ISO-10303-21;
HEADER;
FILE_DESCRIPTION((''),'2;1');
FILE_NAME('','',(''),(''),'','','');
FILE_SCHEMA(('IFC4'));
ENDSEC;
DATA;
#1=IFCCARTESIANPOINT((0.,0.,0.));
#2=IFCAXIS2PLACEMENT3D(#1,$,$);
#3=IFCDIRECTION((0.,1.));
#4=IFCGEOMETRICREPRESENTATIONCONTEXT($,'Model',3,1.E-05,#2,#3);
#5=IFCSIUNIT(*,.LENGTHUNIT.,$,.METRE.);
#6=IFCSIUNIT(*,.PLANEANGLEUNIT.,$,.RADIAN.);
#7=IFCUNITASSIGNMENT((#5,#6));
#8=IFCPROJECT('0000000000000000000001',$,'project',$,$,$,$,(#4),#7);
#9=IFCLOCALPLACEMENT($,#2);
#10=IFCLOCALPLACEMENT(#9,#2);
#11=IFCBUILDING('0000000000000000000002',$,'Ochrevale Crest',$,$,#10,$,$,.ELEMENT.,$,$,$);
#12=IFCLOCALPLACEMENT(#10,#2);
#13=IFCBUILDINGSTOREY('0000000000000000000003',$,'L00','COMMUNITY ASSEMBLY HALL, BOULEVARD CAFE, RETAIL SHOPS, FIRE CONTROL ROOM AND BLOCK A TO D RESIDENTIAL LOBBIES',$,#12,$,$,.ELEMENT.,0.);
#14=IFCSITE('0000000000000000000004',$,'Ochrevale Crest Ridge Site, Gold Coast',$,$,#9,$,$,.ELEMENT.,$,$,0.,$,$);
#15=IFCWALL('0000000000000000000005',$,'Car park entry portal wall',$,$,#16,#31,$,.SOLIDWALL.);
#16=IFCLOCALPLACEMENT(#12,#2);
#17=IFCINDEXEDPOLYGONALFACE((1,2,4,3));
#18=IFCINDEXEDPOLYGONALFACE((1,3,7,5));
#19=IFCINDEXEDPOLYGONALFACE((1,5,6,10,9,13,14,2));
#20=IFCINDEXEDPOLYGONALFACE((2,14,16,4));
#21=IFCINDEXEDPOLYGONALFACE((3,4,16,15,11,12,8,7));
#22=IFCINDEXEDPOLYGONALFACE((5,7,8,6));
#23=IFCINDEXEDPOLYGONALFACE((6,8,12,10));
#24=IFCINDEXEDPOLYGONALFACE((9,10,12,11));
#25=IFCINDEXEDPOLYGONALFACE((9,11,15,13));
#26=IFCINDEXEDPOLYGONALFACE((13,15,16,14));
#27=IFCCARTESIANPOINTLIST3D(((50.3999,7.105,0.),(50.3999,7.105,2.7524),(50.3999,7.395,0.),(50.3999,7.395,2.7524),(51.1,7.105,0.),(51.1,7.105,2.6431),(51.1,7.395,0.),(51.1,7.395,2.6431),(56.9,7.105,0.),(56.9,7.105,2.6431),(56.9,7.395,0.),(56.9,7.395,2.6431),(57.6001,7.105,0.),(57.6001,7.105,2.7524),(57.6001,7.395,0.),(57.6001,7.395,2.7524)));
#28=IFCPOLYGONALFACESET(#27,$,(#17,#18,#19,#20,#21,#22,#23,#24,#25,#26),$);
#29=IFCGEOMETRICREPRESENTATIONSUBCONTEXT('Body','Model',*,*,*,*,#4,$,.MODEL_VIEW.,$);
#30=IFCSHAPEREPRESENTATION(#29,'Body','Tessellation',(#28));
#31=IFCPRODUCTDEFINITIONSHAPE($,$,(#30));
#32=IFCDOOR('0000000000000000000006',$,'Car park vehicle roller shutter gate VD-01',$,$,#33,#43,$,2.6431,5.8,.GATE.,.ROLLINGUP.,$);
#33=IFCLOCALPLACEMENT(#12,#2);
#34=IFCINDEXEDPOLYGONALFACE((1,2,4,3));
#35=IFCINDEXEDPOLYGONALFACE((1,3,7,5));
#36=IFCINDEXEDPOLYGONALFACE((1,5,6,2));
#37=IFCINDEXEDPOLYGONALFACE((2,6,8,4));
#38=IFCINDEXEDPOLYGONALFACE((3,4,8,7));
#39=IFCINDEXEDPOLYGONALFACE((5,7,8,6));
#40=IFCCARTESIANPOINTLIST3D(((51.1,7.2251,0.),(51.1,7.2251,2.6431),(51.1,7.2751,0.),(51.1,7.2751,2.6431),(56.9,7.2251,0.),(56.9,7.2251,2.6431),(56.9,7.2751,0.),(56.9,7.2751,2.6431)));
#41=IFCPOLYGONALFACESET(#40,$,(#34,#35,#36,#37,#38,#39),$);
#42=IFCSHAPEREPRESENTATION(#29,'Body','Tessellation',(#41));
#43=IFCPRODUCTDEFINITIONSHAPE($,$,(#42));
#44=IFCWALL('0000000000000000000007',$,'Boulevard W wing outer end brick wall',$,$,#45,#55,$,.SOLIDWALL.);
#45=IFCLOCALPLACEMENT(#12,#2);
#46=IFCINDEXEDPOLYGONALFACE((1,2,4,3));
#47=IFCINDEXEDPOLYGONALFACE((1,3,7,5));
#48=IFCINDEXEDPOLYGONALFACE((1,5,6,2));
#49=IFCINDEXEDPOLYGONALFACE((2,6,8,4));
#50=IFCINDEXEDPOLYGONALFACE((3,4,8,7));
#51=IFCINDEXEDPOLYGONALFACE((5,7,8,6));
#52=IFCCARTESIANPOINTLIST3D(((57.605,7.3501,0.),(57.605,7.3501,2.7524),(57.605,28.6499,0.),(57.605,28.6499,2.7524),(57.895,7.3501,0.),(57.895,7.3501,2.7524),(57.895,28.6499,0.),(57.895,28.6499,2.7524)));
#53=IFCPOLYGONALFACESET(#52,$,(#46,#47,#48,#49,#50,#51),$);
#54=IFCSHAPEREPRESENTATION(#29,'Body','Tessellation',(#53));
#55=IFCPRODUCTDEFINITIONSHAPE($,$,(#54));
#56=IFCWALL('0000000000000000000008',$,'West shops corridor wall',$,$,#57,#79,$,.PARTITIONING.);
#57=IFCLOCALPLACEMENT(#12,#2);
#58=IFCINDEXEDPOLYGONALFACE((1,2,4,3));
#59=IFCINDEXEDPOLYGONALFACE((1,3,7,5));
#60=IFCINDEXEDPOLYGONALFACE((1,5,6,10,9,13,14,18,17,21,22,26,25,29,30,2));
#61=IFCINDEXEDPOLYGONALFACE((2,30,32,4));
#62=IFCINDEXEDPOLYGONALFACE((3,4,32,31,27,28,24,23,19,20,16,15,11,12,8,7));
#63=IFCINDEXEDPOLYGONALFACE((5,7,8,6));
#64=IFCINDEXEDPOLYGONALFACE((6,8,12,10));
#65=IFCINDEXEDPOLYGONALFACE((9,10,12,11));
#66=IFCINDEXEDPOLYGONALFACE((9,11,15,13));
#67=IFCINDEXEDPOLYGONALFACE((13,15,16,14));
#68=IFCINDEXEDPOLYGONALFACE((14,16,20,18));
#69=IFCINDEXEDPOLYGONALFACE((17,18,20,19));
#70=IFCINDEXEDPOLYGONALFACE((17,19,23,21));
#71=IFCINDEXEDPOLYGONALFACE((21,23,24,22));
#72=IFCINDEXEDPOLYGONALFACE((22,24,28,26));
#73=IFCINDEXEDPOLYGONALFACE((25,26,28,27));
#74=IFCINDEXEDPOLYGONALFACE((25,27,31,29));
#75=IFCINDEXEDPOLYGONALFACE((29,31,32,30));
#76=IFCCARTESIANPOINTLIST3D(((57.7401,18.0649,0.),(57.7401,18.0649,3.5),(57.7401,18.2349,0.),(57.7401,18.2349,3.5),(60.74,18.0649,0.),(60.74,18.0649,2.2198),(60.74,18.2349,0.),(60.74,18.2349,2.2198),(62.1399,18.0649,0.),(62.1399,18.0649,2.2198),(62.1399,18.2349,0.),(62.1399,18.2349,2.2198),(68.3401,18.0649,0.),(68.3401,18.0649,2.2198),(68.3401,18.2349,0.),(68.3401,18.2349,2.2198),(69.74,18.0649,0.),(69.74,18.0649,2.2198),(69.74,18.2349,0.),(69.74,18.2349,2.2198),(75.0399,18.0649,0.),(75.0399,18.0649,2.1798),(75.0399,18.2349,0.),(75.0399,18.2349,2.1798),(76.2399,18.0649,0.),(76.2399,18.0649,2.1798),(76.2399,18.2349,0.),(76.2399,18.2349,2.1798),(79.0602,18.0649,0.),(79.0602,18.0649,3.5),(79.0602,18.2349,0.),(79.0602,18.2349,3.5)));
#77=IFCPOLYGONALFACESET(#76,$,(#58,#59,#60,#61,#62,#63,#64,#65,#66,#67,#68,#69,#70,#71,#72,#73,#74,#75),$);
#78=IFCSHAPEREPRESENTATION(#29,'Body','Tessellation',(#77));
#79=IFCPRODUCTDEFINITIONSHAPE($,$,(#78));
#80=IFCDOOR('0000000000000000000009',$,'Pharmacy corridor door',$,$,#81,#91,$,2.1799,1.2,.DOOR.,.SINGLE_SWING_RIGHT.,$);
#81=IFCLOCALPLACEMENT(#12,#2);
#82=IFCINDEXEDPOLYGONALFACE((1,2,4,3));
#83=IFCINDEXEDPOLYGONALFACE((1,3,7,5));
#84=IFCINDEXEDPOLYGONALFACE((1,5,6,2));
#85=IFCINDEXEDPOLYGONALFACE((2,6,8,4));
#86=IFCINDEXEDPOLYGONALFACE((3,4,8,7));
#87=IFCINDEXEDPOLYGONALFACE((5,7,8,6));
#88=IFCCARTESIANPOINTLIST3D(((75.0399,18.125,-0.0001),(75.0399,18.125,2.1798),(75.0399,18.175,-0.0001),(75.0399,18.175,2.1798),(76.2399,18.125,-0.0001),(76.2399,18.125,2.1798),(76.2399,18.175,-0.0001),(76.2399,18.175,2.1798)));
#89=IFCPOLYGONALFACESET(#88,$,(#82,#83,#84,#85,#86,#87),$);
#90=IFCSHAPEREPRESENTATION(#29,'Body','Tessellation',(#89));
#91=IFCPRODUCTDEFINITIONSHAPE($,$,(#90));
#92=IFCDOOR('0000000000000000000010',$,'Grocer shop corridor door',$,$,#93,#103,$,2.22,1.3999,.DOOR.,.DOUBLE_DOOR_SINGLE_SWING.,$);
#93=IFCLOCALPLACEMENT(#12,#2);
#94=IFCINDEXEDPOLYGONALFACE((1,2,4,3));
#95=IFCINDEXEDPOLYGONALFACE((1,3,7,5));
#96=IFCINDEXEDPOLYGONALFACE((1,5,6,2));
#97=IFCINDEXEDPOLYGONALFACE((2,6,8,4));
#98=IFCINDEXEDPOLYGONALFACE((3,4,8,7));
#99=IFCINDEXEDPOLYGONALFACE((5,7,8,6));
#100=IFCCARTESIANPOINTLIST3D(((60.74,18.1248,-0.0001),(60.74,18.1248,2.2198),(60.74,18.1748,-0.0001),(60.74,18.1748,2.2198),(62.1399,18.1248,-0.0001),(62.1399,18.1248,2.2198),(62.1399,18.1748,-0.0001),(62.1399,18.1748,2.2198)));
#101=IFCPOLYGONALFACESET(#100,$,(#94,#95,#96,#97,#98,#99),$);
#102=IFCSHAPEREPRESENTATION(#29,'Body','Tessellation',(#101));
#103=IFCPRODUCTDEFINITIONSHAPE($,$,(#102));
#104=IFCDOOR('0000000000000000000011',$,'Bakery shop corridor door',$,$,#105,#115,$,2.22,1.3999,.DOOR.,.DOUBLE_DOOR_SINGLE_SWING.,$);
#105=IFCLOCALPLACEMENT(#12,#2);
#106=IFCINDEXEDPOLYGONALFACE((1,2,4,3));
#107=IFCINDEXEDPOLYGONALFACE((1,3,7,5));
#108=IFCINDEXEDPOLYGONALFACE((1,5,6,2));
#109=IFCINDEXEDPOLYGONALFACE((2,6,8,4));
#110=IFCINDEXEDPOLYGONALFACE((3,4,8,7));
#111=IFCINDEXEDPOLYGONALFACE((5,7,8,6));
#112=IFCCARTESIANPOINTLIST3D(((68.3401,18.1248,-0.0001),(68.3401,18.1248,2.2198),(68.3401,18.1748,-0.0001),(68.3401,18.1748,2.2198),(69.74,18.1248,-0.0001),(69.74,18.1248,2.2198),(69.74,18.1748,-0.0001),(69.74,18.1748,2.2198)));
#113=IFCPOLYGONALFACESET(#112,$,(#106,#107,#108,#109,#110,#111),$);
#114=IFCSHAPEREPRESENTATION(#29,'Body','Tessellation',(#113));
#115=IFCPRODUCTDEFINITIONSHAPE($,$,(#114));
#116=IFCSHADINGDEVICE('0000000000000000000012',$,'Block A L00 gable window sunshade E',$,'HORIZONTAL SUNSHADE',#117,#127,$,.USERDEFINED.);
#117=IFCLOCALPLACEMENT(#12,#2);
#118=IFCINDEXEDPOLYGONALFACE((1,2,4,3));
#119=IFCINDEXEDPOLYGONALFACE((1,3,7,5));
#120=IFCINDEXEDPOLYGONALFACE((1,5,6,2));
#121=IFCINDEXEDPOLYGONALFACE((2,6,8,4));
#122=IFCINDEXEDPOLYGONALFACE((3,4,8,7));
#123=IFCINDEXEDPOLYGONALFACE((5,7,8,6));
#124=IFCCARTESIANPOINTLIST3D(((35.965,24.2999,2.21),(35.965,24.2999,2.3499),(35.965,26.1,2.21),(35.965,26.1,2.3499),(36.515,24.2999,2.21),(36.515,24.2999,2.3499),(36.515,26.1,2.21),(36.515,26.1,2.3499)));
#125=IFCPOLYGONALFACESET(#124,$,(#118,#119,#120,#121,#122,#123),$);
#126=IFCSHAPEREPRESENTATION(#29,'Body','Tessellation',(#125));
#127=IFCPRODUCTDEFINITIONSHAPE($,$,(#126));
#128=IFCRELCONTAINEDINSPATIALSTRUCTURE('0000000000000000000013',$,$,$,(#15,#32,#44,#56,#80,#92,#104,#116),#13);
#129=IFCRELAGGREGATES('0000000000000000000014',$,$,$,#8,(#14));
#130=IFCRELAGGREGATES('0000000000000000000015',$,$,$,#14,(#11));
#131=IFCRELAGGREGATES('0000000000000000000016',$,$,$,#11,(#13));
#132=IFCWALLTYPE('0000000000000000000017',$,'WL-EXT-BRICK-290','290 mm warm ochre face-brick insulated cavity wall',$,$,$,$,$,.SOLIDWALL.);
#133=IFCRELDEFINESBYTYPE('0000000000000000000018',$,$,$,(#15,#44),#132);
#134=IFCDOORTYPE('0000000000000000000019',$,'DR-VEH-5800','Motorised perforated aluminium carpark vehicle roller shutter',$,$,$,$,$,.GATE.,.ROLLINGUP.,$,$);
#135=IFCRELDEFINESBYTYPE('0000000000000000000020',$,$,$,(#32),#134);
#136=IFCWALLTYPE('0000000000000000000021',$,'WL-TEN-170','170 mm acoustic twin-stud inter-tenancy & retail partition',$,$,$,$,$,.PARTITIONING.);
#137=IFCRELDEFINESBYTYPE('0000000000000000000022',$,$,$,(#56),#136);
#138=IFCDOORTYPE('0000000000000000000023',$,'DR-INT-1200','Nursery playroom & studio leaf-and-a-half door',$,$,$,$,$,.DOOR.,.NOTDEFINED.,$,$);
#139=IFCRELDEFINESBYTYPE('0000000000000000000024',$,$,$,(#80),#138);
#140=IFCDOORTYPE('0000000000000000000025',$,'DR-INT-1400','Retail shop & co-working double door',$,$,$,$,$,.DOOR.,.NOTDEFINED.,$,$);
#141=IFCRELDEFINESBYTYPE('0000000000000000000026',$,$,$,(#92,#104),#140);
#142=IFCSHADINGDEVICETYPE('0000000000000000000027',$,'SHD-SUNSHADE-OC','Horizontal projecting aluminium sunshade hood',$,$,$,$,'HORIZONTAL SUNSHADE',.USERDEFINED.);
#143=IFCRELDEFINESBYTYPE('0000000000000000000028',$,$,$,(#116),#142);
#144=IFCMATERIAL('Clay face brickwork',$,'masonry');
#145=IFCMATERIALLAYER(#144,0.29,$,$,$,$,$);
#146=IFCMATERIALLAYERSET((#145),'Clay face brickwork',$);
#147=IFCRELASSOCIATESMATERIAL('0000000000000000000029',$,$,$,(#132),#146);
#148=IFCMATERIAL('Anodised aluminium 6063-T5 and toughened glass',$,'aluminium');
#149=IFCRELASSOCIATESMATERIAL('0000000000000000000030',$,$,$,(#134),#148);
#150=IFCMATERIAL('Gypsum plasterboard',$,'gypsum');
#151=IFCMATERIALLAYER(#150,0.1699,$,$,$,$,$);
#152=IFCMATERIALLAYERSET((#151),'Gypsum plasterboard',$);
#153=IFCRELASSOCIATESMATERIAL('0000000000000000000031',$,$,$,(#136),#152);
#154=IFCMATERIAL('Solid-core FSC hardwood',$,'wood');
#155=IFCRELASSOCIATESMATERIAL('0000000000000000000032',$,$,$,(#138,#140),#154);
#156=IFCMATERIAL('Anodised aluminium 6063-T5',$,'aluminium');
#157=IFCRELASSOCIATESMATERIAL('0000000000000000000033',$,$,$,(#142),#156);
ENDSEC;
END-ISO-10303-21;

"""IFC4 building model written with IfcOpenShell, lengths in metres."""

from ifc_helpers import new_model, si_unit, direction, frame, frame_2d, origin, origin_2d, place, context, subcontext, project, spatial, rectangle, extrude, material, layer, layer_set, type_object, element, fill, save


model = new_model("IFC4")

# Units and contexts
model_context = context("Model", 3, precision=1e-05, world=origin(), true_north=direction((0.0, 1.0)))
body_context = subcontext(model_context, "Body", "Model", "MODEL_VIEW")
ifc_project = project(units=[si_unit("LENGTHUNIT", "METRE"), si_unit("PLANEANGLEUNIT", "RADIAN")], contexts=[model_context])

# Site, building, storey
site_placement = place(None, origin())
site = spatial("IfcSite", under=ifc_project, at=site_placement, Name="Ochrevale Crest Ridge Site, Gold Coast", CompositionType="ELEMENT", RefElevation=0.0)
building_placement = place(site_placement, origin())
building = spatial("IfcBuilding", under=site, at=building_placement, Name="Ochrevale Crest", CompositionType="ELEMENT")
storey_placement = place(building_placement, origin())
storey = spatial("IfcBuildingStorey", under=building, at=storey_placement, Name="L00", Description="COMMUNITY ASSEMBLY HALL, BOULEVARD CAFE, RETAIL SHOPS, FIRE CONTROL ROOM AND BLOCK A TO D RESIDENTIAL LOBBIES", CompositionType="ELEMENT", Elevation=0.0)

# Wall, opening, door
ifc_material_1 = material(Name="Clay face brickwork", Category="masonry")
ifc_layer_1 = layer(ifc_material_1, 0.29)
ifc_layer_set_1 = layer_set([ifc_layer_1], Name="Clay face brickwork")
wall_type_1 = type_object("IfcWallType", Name="WL-EXT-BRICK-290", Description="290 mm warm ochre face-brick insulated cavity wall", PredefinedType="SOLIDWALL", material=ifc_layer_set_1)
wall_1_placement = place(storey_placement, frame((50.3999, 7.25, 0.0), z_axis=(0.0, 0.0, 1.0), x_axis=(1.0, 0.0, 0.0)))
wall_1 = element("IfcWall", 1, at=wall_1_placement, inside=storey, type_object=wall_type_1, Name="Car park entry portal wall", PredefinedType="SOLIDWALL", context=body_context, shape_type="SweptSolid", body=[
    extrude(rectangle(XDim=7.2002, YDim=0.29, at=frame_2d((3.6001, 0.0))), origin(), (0.0, 0.0, 1.0), 2.7524),
])
opening_1_placement = place(wall_1_placement, frame((6.5, 0.0, 0.0), z_axis=(0.0, 0.0, 1.0), x_axis=(-1.0, 0.0, 0.0)))
opening_1 = element("IfcOpeningElement", 2, at=opening_1_placement, cuts=wall_1, PredefinedType="OPENING", context=body_context, shape_type="SweptSolid", body=[
    extrude(rectangle(XDim=5.8, YDim=2.6431, at=frame_2d((2.8999, 1.3215))), frame((0.0, 0.155, 0.0), z_axis=(0.0, -1.0, 0.0), x_axis=(1.0, 0.0, 0.0)), (0.0, 0.0, 1.0), 0.3101),
])
ifc_material_2 = material(Name="Anodised aluminium 6063-T5 and toughened glass", Category="aluminium")
door_type_1 = type_object("IfcDoorType", Name="DR-VEH-5800", Description="Motorised perforated aluminium carpark vehicle roller shutter", OperationType="ROLLINGUP", PredefinedType="GATE", material=ifc_material_2)
door_1_placement = place(opening_1_placement, origin())
door_1 = element("IfcDoor", 3, at=door_1_placement, inside=storey, type_object=door_type_1, Name="Car park vehicle roller shutter gate VD-01", OperationType="ROLLINGUP", OverallHeight=2.6431, OverallWidth=5.8, PredefinedType="GATE", context=body_context, shape_type="SweptSolid", body=[
    extrude(rectangle(XDim=5.8, YDim=2.6431, at=frame_2d((2.8999, 1.3215))), frame((0.0, 0.0249, 0.0), z_axis=(0.0, -1.0, 0.0), x_axis=(1.0, 0.0, 0.0)), (0.0, 0.0, 1.0), 0.05),
])
fill(opening_1, door_1)

# Wall
wall_2_placement = place(storey_placement, frame((57.75, 7.3501, 0.0), z_axis=(0.0, 0.0, 1.0), x_axis=(0.0, 1.0, 0.0)))
element("IfcWall", 4, at=wall_2_placement, inside=storey, type_object=wall_type_1, Name="Boulevard W wing outer end brick wall", PredefinedType="SOLIDWALL", context=body_context, shape_type="SweptSolid", body=[
    extrude(rectangle(XDim=21.2998, YDim=0.29, at=frame_2d((10.6499, 0.0))), origin(), (0.0, 0.0, 1.0), 2.7524),
])

# Wall, openings, doors
ifc_material_3 = material(Name="Gypsum plasterboard", Category="gypsum")
ifc_layer_2 = layer(ifc_material_3, 0.1699)
ifc_layer_set_2 = layer_set([ifc_layer_2], Name="Gypsum plasterboard")
wall_type_2 = type_object("IfcWallType", Name="WL-TEN-170", Description="170 mm acoustic twin-stud inter-tenancy & retail partition", PredefinedType="PARTITIONING", material=ifc_layer_set_2)
wall_3_placement = place(storey_placement, frame((57.74, 18.1499, 0.0), z_axis=(0.0, 0.0, 1.0), x_axis=(1.0, 0.0, 0.0)))
wall_3 = element("IfcWall", 5, at=wall_3_placement, inside=storey, type_object=wall_type_2, Name="West shops corridor wall", PredefinedType="PARTITIONING", context=body_context, shape_type="SweptSolid", body=[
    extrude(rectangle(XDim=21.3201, YDim=0.1699, at=frame_2d((10.6602, 0.0))), origin(), (0.0, 0.0, 1.0), 3.5),
])
opening_2_placement = place(wall_3_placement, frame((3.0, 0.0, 0.0)))
opening_2 = element("IfcOpeningElement", 6, at=opening_2_placement, cuts=wall_3, PredefinedType="OPENING", context=body_context, shape_type="SweptSolid", body=[
    extrude(rectangle(XDim=1.3999, YDim=2.22, at=frame_2d((0.7, 1.1099))), frame((0.0, 0.095, 0.0), z_axis=(0.0, -1.0, 0.0), x_axis=(1.0, 0.0, 0.0)), (0.0, 0.0, 1.0), 0.1899),
])
opening_3_placement = place(wall_3_placement, frame((10.6001, 0.0, 0.0)))
opening_3 = element("IfcOpeningElement", 7, at=opening_3_placement, cuts=wall_3, PredefinedType="OPENING", context=body_context, shape_type="SweptSolid", body=[
    extrude(rectangle(XDim=1.3999, YDim=2.22, at=frame_2d((0.7, 1.1099))), frame((0.0, 0.095, 0.0), z_axis=(0.0, -1.0, 0.0), x_axis=(1.0, 0.0, 0.0)), (0.0, 0.0, 1.0), 0.1899),
])
opening_4_placement = place(wall_3_placement, frame((18.5, 0.0, 0.0), z_axis=(0.0, 0.0, 1.0), x_axis=(-1.0, 0.0, 0.0)))
opening_4 = element("IfcOpeningElement", 8, at=opening_4_placement, cuts=wall_3, PredefinedType="OPENING", context=body_context, shape_type="SweptSolid", body=[
    extrude(rectangle(XDim=1.2, YDim=2.1799, at=frame_2d((0.6001, 1.0898))), frame((0.0, 0.095, 0.0), z_axis=(0.0, -1.0, 0.0), x_axis=(1.0, 0.0, 0.0)), (0.0, 0.0, 1.0), 0.1899),
])
ifc_material_4 = material(Name="Solid-core FSC hardwood", Category="wood")
door_type_2 = type_object("IfcDoorType", Name="DR-INT-1200", Description="Nursery playroom & studio leaf-and-a-half door", OperationType="NOTDEFINED", PredefinedType="DOOR", material=ifc_material_4)
door_2_placement = place(opening_4_placement, origin())
door_2 = element("IfcDoor", 9, at=door_2_placement, inside=storey, type_object=door_type_2, Name="Pharmacy corridor door", OperationType="SINGLE_SWING_RIGHT", OverallHeight=2.1799, OverallWidth=1.2, PredefinedType="DOOR", context=body_context, shape_type="SweptSolid", body=[
    extrude(rectangle(XDim=1.2, YDim=2.1799, at=frame_2d((0.6001, 1.0898))), frame((0.0, 0.0249, 0.0), z_axis=(0.0, -1.0, 0.0), x_axis=(1.0, 0.0, 0.0)), (0.0, 0.0, 1.0), 0.05),
])
fill(opening_4, door_2)
door_type_3 = type_object("IfcDoorType", Name="DR-INT-1400", Description="Retail shop & co-working double door", OperationType="NOTDEFINED", PredefinedType="DOOR", material=ifc_material_4)
door_3_placement = place(opening_2_placement, origin())
door_3 = element("IfcDoor", 10, at=door_3_placement, inside=storey, type_object=door_type_3, Name="Grocer shop corridor door", OperationType="DOUBLE_DOOR_SINGLE_SWING", OverallHeight=2.22, OverallWidth=1.3999, PredefinedType="DOOR", context=body_context, shape_type="SweptSolid", body=[
    extrude(rectangle(XDim=1.3999, YDim=2.22, at=frame_2d((0.7, 1.1099))), frame((0.0, 0.0249, 0.0), z_axis=(0.0, -1.0, 0.0), x_axis=(1.0, 0.0, 0.0)), (0.0, 0.0, 1.0), 0.05),
])
fill(opening_2, door_3)
door_4_placement = place(opening_3_placement, origin())
door_4 = element("IfcDoor", 11, at=door_4_placement, inside=storey, type_object=door_type_3, Name="Bakery shop corridor door", OperationType="DOUBLE_DOOR_SINGLE_SWING", OverallHeight=2.22, OverallWidth=1.3999, PredefinedType="DOOR", context=body_context, shape_type="SweptSolid", body=[
    extrude(rectangle(XDim=1.3999, YDim=2.22, at=frame_2d((0.7, 1.1099))), frame((0.0, 0.0249, 0.0), z_axis=(0.0, -1.0, 0.0), x_axis=(1.0, 0.0, 0.0)), (0.0, 0.0, 1.0), 0.05),
])
fill(opening_3, door_4)

# Shading device
ifc_material_5 = material(Name="Anodised aluminium 6063-T5", Category="aluminium")
shading_device_type = type_object("IfcShadingDeviceType", Name="SHD-SUNSHADE-OC", Description="Horizontal projecting aluminium sunshade hood", ElementType="HORIZONTAL SUNSHADE", PredefinedType="USERDEFINED", material=ifc_material_5)
shading_device_placement = place(storey_placement, frame((36.24, 25.2, 2.21), z_axis=(0.0, 0.0, 1.0), x_axis=(1.0, 0.0, 0.0)))
element("IfcShadingDevice", 12, at=shading_device_placement, inside=storey, type_object=shading_device_type, Name="Block A L00 gable window sunshade E", ObjectType="HORIZONTAL SUNSHADE", PredefinedType="USERDEFINED", context=body_context, shape_type="SweptSolid", body=[
    extrude(rectangle(XDim=0.55, YDim=1.8, at=origin_2d()), origin(), (0.0, 0.0, 1.0), 0.1399),
])

save(model, "model.ifc")
